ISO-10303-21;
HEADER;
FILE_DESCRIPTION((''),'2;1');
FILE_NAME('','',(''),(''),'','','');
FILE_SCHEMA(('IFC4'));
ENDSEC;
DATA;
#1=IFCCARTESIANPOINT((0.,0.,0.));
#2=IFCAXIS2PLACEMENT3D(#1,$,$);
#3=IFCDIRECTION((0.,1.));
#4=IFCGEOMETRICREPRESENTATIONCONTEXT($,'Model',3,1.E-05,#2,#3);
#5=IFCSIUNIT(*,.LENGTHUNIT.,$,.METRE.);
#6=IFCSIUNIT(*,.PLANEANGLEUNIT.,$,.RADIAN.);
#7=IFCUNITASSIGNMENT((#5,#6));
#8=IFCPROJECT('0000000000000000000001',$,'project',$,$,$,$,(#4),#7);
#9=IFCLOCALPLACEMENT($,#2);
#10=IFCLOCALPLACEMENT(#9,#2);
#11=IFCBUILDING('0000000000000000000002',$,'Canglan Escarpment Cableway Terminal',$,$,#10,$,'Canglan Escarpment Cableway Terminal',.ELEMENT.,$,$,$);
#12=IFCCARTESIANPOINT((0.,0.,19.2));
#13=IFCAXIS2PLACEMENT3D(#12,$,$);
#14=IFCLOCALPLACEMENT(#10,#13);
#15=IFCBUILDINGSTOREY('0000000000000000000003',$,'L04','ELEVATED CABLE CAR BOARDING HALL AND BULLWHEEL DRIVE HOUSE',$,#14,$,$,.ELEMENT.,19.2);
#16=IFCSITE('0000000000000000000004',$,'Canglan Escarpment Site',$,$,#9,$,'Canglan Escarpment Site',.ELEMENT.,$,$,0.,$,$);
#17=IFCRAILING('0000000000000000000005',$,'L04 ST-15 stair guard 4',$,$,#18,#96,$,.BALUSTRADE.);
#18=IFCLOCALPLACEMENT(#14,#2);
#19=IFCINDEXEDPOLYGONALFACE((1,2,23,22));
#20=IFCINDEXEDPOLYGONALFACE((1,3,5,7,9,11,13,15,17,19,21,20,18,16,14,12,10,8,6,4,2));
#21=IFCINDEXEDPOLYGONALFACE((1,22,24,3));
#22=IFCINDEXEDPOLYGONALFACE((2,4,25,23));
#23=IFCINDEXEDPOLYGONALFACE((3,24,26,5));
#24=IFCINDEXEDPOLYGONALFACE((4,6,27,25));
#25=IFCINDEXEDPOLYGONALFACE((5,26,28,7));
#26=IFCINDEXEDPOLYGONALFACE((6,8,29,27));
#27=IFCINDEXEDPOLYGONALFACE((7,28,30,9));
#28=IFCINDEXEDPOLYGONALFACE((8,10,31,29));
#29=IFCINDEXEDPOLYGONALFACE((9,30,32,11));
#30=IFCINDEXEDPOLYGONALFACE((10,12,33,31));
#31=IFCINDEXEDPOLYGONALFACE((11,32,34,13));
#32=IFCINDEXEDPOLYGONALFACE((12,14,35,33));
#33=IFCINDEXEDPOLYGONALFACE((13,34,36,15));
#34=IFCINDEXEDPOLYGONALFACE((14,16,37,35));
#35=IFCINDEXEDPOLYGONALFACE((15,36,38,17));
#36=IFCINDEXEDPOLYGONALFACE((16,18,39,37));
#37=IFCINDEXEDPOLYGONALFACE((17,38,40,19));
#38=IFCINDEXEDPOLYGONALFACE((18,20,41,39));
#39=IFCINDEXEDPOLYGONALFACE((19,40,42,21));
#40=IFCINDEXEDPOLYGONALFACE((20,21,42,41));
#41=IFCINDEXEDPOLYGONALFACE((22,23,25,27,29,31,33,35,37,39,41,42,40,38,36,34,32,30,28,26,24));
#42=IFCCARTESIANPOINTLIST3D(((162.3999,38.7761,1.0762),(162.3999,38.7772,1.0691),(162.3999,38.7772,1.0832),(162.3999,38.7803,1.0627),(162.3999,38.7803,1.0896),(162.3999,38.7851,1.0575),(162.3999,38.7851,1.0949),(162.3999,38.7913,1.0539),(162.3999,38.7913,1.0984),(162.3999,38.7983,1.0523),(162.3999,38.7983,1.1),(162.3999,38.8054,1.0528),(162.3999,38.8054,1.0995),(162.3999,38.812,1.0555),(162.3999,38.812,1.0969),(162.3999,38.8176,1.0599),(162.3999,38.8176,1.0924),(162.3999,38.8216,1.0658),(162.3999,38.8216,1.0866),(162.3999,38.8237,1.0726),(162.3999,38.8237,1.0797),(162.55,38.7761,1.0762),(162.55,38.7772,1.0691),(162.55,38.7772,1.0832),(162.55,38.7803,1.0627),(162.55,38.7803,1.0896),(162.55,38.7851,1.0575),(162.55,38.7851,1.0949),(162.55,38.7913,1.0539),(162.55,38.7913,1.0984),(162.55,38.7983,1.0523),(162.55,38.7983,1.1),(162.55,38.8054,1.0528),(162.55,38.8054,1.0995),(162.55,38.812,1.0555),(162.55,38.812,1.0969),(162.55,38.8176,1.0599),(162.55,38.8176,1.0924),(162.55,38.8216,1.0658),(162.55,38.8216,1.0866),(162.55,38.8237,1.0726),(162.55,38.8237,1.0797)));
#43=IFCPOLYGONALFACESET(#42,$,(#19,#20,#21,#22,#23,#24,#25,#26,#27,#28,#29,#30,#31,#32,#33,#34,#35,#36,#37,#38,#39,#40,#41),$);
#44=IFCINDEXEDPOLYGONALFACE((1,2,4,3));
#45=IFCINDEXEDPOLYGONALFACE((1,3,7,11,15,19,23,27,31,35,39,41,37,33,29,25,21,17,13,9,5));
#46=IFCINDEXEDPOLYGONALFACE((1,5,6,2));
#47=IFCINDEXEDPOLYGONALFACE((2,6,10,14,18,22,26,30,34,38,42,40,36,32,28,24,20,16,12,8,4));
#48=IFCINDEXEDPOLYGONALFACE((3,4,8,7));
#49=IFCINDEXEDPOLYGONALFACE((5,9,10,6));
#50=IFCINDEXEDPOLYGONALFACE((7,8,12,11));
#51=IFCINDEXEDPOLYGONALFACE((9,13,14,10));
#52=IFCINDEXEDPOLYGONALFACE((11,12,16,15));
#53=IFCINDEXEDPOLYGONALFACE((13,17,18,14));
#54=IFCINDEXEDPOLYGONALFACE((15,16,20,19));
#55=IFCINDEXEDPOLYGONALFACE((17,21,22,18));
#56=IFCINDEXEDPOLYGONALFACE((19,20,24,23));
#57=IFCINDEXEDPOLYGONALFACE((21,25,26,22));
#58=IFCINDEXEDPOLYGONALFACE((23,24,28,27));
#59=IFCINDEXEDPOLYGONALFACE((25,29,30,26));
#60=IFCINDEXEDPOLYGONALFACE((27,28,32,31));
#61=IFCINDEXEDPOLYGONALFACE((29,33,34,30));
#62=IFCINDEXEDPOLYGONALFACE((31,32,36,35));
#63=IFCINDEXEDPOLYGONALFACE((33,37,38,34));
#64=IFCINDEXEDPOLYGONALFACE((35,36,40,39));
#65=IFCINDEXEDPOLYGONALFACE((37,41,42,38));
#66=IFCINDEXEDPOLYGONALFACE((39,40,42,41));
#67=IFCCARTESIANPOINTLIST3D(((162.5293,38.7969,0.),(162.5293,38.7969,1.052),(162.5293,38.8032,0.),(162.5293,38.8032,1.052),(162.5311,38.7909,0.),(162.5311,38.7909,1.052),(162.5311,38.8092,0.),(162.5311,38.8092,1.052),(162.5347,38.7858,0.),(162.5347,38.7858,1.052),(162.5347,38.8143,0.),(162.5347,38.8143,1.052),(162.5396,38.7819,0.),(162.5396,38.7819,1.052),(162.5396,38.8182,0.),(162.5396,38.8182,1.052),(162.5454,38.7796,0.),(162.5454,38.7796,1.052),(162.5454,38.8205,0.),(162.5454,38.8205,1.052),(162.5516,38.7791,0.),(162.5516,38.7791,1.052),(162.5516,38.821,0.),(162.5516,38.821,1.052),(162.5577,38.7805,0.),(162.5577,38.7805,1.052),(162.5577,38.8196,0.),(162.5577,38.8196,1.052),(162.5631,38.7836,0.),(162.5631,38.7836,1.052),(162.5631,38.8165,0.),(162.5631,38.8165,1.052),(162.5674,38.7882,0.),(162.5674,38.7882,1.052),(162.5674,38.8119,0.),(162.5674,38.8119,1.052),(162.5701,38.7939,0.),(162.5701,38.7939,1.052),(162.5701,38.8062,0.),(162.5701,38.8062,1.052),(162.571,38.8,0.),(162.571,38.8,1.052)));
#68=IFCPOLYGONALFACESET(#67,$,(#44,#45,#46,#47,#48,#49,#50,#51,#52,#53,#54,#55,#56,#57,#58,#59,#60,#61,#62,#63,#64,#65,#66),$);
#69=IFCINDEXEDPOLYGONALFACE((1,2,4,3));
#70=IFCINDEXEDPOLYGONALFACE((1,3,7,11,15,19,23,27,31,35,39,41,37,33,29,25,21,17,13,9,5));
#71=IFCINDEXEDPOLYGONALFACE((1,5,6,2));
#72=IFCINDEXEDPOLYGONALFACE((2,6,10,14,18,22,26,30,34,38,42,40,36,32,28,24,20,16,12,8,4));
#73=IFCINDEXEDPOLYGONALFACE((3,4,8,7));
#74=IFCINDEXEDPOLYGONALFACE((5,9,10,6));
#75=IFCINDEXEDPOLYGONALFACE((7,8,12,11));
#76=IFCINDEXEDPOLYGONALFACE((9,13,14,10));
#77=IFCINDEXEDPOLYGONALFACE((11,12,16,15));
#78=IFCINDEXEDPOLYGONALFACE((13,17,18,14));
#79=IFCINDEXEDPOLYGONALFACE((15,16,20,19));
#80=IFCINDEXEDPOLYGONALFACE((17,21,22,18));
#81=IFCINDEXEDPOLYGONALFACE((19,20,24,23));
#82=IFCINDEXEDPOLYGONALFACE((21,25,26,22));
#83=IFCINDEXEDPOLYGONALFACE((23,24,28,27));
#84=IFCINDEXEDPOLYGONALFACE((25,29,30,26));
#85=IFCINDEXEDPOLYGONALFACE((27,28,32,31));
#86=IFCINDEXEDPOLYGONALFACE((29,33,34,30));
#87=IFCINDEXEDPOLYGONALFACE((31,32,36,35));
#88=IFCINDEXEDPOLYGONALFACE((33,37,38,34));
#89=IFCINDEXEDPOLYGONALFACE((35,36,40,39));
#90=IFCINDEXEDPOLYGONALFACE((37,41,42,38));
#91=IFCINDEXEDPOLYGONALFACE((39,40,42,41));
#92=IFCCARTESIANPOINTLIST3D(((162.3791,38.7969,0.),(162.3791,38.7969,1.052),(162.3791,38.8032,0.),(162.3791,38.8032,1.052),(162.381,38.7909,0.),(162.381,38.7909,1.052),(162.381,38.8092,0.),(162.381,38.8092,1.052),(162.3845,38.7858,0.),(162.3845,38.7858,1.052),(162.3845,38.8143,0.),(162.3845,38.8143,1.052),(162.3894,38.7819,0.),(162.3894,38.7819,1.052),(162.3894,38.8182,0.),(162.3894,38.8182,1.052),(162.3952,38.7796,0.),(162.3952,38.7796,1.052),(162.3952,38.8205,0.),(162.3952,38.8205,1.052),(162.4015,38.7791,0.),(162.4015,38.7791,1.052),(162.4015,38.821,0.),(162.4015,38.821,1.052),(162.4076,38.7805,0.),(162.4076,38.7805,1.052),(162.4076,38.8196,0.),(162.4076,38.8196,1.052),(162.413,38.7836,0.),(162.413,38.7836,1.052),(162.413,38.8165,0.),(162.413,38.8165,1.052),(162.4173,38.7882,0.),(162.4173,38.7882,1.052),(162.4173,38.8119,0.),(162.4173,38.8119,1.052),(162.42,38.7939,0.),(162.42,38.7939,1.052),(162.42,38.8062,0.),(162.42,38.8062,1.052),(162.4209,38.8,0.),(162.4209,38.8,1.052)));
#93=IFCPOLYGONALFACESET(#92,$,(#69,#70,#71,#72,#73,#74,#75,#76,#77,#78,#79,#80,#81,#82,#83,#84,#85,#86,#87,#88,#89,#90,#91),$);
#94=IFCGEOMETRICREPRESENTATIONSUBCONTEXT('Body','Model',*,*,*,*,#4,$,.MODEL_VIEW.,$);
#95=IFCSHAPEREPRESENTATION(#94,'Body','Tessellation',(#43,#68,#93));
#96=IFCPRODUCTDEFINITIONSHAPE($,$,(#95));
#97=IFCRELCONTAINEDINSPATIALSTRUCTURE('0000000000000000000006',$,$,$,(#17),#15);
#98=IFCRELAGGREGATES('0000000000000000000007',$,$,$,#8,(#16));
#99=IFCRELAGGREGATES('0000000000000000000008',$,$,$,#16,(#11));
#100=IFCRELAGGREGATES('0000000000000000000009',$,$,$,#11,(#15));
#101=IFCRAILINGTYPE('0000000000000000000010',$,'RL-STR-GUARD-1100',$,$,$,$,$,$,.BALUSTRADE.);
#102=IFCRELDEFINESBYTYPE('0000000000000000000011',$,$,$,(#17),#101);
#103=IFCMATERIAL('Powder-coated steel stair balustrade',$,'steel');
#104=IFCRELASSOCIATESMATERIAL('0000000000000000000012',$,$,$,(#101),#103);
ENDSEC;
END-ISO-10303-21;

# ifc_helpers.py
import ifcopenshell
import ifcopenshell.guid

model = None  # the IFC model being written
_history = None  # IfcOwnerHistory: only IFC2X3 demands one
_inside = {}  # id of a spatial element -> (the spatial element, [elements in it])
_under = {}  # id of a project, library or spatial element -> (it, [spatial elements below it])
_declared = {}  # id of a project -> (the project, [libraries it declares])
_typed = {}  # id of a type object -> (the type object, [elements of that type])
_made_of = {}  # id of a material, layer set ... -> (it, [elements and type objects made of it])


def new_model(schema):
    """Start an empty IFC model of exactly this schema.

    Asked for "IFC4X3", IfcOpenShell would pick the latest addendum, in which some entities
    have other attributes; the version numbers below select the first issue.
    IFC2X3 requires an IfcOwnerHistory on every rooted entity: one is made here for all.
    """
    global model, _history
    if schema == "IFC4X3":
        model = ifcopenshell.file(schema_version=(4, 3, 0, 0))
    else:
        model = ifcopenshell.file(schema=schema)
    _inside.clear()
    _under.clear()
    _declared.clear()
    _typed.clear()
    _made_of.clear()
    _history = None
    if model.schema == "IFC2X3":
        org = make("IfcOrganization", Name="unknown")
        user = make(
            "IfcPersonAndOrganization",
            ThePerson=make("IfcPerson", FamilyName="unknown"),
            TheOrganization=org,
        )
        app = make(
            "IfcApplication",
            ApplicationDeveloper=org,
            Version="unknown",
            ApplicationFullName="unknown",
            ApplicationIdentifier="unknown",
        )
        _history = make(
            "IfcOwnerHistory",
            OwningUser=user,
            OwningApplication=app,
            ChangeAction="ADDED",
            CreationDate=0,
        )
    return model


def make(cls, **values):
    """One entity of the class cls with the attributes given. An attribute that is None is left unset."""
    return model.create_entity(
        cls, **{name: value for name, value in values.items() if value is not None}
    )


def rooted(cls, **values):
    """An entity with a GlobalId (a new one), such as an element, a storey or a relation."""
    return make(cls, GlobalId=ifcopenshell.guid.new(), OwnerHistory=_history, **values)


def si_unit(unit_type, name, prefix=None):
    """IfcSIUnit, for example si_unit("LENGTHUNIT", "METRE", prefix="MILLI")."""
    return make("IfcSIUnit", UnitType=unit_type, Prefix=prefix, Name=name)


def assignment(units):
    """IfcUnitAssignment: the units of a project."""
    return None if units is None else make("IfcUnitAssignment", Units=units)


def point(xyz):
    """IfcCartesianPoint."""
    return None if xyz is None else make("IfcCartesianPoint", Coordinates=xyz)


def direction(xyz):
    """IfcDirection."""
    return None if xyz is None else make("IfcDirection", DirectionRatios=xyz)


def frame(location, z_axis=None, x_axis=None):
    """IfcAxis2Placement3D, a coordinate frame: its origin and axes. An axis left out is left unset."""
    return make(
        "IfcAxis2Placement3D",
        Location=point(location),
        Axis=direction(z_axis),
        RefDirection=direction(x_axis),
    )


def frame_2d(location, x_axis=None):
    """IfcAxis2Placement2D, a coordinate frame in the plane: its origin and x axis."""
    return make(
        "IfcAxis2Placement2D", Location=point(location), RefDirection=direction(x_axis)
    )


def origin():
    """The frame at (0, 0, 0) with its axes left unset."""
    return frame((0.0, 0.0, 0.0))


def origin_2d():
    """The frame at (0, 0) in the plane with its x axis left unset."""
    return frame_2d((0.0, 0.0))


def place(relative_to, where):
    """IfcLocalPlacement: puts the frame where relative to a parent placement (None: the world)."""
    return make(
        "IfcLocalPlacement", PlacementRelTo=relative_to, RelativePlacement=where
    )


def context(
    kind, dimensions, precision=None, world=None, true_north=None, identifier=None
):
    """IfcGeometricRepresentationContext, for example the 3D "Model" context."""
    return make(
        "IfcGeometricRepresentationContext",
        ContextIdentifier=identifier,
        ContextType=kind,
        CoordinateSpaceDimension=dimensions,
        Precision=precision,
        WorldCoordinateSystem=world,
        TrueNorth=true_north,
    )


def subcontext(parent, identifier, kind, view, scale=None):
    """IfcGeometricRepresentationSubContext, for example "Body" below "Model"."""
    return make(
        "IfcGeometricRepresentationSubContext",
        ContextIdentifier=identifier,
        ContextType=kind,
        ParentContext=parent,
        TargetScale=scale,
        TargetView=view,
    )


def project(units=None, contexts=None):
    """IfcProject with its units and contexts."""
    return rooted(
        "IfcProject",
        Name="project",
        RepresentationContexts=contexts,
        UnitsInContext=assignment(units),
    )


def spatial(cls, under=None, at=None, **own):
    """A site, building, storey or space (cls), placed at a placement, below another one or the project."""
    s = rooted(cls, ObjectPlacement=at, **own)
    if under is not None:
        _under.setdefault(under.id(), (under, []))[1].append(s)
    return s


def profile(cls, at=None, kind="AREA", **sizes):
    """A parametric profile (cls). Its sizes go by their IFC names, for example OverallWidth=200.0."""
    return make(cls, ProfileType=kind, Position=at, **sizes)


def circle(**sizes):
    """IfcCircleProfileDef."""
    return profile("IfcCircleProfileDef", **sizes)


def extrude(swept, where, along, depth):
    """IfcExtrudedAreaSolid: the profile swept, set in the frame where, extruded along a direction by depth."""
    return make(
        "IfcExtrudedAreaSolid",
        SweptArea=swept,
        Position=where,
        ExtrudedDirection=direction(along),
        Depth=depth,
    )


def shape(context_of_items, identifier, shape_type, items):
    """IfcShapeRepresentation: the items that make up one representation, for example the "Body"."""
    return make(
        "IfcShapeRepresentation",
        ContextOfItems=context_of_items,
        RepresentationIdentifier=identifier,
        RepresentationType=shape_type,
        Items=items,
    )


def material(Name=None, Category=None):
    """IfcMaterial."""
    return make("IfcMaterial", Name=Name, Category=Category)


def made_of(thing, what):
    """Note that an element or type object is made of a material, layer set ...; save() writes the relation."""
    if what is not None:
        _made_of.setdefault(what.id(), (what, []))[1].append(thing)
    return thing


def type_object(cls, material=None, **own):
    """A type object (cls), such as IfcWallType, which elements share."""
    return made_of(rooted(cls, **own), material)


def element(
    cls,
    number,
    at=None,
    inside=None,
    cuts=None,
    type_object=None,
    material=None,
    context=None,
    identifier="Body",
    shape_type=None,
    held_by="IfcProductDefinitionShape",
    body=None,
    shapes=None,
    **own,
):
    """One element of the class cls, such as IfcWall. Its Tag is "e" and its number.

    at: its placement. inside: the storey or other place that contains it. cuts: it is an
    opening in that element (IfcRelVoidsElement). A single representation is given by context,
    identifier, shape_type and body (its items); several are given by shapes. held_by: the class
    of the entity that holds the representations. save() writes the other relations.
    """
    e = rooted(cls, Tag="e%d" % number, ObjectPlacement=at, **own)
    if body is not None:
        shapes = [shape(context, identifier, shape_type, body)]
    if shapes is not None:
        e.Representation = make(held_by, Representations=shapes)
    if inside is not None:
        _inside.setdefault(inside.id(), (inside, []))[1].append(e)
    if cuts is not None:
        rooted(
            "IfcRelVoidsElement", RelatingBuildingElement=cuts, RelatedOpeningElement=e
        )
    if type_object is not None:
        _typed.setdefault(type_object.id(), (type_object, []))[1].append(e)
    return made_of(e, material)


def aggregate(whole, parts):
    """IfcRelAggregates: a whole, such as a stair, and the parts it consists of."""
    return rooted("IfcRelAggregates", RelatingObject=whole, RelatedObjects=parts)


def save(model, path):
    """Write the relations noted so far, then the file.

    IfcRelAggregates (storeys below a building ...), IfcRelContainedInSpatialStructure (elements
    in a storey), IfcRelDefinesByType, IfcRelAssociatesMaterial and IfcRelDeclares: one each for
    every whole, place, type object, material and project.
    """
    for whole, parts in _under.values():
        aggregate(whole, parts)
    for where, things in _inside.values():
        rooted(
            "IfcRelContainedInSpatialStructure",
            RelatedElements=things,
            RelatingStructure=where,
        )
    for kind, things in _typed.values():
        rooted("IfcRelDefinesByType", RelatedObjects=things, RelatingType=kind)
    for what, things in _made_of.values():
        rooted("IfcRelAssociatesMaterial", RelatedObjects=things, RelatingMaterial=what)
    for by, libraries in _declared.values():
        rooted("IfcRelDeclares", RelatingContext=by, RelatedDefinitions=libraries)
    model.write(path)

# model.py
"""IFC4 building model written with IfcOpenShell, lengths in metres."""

from ifc_helpers import new_model, si_unit, direction, frame, origin, origin_2d, place, context, subcontext, project, spatial, circle, extrude, material, type_object, element, save


model = new_model("IFC4")

# Units and contexts
model_context = context("Model", 3, precision=1e-05, world=origin(), true_north=direction((0.0, 1.0)))
body_context = subcontext(model_context, "Body", "Model", "MODEL_VIEW")
ifc_project = project(units=[si_unit("LENGTHUNIT", "METRE"), si_unit("PLANEANGLEUNIT", "RADIAN")], contexts=[model_context])

# Site, building, storey
site_placement = place(None, origin())
site = spatial("IfcSite", under=ifc_project, at=site_placement, Name="Canglan Escarpment Site", LongName="Canglan Escarpment Site", CompositionType="ELEMENT", RefElevation=0.0)
building_placement = place(site_placement, origin())
building = spatial("IfcBuilding", under=site, at=building_placement, Name="Canglan Escarpment Cableway Terminal", LongName="Canglan Escarpment Cableway Terminal", CompositionType="ELEMENT")
storey_placement = place(building_placement, frame((0.0, 0.0, 19.2)))
storey = spatial("IfcBuildingStorey", under=building, at=storey_placement, Name="L04", Description="ELEVATED CABLE CAR BOARDING HALL AND BULLWHEEL DRIVE HOUSE", CompositionType="ELEMENT", Elevation=19.2)

# Railing
ifc_material_1 = material(Name="Powder-coated steel stair balustrade", Category="steel")
railing_type_1 = type_object("IfcRailingType", Name="RL-STR-GUARD-1100", PredefinedType="BALUSTRADE", material=ifc_material_1)
railing_1_placement = place(storey_placement, frame((162.55, 38.8, 0.0)))
element("IfcRailing", 1, at=railing_1_placement, inside=storey, type_object=railing_type_1, Name="L04 ST-15 stair guard 4", PredefinedType="BALUSTRADE", context=body_context, shape_type="SweptSolid", body=[
    extrude(circle(Radius=0.0239, at=origin_2d()), frame((0.0, 0.0, 1.0762), z_axis=(-1.0, 0.0, 0.0), x_axis=(0.0, -1.0, 0.0)), (0.0, 0.0, 1.0), 0.1501),
    extrude(circle(Radius=0.021, at=origin_2d()), origin(), (0.0, 0.0, 1.0), 1.052),
    extrude(circle(Radius=0.021, at=origin_2d()), frame((-0.1501, 0.0, 0.0)), (0.0, 0.0, 1.0), 1.052),
])

save(model, "model.ifc")
